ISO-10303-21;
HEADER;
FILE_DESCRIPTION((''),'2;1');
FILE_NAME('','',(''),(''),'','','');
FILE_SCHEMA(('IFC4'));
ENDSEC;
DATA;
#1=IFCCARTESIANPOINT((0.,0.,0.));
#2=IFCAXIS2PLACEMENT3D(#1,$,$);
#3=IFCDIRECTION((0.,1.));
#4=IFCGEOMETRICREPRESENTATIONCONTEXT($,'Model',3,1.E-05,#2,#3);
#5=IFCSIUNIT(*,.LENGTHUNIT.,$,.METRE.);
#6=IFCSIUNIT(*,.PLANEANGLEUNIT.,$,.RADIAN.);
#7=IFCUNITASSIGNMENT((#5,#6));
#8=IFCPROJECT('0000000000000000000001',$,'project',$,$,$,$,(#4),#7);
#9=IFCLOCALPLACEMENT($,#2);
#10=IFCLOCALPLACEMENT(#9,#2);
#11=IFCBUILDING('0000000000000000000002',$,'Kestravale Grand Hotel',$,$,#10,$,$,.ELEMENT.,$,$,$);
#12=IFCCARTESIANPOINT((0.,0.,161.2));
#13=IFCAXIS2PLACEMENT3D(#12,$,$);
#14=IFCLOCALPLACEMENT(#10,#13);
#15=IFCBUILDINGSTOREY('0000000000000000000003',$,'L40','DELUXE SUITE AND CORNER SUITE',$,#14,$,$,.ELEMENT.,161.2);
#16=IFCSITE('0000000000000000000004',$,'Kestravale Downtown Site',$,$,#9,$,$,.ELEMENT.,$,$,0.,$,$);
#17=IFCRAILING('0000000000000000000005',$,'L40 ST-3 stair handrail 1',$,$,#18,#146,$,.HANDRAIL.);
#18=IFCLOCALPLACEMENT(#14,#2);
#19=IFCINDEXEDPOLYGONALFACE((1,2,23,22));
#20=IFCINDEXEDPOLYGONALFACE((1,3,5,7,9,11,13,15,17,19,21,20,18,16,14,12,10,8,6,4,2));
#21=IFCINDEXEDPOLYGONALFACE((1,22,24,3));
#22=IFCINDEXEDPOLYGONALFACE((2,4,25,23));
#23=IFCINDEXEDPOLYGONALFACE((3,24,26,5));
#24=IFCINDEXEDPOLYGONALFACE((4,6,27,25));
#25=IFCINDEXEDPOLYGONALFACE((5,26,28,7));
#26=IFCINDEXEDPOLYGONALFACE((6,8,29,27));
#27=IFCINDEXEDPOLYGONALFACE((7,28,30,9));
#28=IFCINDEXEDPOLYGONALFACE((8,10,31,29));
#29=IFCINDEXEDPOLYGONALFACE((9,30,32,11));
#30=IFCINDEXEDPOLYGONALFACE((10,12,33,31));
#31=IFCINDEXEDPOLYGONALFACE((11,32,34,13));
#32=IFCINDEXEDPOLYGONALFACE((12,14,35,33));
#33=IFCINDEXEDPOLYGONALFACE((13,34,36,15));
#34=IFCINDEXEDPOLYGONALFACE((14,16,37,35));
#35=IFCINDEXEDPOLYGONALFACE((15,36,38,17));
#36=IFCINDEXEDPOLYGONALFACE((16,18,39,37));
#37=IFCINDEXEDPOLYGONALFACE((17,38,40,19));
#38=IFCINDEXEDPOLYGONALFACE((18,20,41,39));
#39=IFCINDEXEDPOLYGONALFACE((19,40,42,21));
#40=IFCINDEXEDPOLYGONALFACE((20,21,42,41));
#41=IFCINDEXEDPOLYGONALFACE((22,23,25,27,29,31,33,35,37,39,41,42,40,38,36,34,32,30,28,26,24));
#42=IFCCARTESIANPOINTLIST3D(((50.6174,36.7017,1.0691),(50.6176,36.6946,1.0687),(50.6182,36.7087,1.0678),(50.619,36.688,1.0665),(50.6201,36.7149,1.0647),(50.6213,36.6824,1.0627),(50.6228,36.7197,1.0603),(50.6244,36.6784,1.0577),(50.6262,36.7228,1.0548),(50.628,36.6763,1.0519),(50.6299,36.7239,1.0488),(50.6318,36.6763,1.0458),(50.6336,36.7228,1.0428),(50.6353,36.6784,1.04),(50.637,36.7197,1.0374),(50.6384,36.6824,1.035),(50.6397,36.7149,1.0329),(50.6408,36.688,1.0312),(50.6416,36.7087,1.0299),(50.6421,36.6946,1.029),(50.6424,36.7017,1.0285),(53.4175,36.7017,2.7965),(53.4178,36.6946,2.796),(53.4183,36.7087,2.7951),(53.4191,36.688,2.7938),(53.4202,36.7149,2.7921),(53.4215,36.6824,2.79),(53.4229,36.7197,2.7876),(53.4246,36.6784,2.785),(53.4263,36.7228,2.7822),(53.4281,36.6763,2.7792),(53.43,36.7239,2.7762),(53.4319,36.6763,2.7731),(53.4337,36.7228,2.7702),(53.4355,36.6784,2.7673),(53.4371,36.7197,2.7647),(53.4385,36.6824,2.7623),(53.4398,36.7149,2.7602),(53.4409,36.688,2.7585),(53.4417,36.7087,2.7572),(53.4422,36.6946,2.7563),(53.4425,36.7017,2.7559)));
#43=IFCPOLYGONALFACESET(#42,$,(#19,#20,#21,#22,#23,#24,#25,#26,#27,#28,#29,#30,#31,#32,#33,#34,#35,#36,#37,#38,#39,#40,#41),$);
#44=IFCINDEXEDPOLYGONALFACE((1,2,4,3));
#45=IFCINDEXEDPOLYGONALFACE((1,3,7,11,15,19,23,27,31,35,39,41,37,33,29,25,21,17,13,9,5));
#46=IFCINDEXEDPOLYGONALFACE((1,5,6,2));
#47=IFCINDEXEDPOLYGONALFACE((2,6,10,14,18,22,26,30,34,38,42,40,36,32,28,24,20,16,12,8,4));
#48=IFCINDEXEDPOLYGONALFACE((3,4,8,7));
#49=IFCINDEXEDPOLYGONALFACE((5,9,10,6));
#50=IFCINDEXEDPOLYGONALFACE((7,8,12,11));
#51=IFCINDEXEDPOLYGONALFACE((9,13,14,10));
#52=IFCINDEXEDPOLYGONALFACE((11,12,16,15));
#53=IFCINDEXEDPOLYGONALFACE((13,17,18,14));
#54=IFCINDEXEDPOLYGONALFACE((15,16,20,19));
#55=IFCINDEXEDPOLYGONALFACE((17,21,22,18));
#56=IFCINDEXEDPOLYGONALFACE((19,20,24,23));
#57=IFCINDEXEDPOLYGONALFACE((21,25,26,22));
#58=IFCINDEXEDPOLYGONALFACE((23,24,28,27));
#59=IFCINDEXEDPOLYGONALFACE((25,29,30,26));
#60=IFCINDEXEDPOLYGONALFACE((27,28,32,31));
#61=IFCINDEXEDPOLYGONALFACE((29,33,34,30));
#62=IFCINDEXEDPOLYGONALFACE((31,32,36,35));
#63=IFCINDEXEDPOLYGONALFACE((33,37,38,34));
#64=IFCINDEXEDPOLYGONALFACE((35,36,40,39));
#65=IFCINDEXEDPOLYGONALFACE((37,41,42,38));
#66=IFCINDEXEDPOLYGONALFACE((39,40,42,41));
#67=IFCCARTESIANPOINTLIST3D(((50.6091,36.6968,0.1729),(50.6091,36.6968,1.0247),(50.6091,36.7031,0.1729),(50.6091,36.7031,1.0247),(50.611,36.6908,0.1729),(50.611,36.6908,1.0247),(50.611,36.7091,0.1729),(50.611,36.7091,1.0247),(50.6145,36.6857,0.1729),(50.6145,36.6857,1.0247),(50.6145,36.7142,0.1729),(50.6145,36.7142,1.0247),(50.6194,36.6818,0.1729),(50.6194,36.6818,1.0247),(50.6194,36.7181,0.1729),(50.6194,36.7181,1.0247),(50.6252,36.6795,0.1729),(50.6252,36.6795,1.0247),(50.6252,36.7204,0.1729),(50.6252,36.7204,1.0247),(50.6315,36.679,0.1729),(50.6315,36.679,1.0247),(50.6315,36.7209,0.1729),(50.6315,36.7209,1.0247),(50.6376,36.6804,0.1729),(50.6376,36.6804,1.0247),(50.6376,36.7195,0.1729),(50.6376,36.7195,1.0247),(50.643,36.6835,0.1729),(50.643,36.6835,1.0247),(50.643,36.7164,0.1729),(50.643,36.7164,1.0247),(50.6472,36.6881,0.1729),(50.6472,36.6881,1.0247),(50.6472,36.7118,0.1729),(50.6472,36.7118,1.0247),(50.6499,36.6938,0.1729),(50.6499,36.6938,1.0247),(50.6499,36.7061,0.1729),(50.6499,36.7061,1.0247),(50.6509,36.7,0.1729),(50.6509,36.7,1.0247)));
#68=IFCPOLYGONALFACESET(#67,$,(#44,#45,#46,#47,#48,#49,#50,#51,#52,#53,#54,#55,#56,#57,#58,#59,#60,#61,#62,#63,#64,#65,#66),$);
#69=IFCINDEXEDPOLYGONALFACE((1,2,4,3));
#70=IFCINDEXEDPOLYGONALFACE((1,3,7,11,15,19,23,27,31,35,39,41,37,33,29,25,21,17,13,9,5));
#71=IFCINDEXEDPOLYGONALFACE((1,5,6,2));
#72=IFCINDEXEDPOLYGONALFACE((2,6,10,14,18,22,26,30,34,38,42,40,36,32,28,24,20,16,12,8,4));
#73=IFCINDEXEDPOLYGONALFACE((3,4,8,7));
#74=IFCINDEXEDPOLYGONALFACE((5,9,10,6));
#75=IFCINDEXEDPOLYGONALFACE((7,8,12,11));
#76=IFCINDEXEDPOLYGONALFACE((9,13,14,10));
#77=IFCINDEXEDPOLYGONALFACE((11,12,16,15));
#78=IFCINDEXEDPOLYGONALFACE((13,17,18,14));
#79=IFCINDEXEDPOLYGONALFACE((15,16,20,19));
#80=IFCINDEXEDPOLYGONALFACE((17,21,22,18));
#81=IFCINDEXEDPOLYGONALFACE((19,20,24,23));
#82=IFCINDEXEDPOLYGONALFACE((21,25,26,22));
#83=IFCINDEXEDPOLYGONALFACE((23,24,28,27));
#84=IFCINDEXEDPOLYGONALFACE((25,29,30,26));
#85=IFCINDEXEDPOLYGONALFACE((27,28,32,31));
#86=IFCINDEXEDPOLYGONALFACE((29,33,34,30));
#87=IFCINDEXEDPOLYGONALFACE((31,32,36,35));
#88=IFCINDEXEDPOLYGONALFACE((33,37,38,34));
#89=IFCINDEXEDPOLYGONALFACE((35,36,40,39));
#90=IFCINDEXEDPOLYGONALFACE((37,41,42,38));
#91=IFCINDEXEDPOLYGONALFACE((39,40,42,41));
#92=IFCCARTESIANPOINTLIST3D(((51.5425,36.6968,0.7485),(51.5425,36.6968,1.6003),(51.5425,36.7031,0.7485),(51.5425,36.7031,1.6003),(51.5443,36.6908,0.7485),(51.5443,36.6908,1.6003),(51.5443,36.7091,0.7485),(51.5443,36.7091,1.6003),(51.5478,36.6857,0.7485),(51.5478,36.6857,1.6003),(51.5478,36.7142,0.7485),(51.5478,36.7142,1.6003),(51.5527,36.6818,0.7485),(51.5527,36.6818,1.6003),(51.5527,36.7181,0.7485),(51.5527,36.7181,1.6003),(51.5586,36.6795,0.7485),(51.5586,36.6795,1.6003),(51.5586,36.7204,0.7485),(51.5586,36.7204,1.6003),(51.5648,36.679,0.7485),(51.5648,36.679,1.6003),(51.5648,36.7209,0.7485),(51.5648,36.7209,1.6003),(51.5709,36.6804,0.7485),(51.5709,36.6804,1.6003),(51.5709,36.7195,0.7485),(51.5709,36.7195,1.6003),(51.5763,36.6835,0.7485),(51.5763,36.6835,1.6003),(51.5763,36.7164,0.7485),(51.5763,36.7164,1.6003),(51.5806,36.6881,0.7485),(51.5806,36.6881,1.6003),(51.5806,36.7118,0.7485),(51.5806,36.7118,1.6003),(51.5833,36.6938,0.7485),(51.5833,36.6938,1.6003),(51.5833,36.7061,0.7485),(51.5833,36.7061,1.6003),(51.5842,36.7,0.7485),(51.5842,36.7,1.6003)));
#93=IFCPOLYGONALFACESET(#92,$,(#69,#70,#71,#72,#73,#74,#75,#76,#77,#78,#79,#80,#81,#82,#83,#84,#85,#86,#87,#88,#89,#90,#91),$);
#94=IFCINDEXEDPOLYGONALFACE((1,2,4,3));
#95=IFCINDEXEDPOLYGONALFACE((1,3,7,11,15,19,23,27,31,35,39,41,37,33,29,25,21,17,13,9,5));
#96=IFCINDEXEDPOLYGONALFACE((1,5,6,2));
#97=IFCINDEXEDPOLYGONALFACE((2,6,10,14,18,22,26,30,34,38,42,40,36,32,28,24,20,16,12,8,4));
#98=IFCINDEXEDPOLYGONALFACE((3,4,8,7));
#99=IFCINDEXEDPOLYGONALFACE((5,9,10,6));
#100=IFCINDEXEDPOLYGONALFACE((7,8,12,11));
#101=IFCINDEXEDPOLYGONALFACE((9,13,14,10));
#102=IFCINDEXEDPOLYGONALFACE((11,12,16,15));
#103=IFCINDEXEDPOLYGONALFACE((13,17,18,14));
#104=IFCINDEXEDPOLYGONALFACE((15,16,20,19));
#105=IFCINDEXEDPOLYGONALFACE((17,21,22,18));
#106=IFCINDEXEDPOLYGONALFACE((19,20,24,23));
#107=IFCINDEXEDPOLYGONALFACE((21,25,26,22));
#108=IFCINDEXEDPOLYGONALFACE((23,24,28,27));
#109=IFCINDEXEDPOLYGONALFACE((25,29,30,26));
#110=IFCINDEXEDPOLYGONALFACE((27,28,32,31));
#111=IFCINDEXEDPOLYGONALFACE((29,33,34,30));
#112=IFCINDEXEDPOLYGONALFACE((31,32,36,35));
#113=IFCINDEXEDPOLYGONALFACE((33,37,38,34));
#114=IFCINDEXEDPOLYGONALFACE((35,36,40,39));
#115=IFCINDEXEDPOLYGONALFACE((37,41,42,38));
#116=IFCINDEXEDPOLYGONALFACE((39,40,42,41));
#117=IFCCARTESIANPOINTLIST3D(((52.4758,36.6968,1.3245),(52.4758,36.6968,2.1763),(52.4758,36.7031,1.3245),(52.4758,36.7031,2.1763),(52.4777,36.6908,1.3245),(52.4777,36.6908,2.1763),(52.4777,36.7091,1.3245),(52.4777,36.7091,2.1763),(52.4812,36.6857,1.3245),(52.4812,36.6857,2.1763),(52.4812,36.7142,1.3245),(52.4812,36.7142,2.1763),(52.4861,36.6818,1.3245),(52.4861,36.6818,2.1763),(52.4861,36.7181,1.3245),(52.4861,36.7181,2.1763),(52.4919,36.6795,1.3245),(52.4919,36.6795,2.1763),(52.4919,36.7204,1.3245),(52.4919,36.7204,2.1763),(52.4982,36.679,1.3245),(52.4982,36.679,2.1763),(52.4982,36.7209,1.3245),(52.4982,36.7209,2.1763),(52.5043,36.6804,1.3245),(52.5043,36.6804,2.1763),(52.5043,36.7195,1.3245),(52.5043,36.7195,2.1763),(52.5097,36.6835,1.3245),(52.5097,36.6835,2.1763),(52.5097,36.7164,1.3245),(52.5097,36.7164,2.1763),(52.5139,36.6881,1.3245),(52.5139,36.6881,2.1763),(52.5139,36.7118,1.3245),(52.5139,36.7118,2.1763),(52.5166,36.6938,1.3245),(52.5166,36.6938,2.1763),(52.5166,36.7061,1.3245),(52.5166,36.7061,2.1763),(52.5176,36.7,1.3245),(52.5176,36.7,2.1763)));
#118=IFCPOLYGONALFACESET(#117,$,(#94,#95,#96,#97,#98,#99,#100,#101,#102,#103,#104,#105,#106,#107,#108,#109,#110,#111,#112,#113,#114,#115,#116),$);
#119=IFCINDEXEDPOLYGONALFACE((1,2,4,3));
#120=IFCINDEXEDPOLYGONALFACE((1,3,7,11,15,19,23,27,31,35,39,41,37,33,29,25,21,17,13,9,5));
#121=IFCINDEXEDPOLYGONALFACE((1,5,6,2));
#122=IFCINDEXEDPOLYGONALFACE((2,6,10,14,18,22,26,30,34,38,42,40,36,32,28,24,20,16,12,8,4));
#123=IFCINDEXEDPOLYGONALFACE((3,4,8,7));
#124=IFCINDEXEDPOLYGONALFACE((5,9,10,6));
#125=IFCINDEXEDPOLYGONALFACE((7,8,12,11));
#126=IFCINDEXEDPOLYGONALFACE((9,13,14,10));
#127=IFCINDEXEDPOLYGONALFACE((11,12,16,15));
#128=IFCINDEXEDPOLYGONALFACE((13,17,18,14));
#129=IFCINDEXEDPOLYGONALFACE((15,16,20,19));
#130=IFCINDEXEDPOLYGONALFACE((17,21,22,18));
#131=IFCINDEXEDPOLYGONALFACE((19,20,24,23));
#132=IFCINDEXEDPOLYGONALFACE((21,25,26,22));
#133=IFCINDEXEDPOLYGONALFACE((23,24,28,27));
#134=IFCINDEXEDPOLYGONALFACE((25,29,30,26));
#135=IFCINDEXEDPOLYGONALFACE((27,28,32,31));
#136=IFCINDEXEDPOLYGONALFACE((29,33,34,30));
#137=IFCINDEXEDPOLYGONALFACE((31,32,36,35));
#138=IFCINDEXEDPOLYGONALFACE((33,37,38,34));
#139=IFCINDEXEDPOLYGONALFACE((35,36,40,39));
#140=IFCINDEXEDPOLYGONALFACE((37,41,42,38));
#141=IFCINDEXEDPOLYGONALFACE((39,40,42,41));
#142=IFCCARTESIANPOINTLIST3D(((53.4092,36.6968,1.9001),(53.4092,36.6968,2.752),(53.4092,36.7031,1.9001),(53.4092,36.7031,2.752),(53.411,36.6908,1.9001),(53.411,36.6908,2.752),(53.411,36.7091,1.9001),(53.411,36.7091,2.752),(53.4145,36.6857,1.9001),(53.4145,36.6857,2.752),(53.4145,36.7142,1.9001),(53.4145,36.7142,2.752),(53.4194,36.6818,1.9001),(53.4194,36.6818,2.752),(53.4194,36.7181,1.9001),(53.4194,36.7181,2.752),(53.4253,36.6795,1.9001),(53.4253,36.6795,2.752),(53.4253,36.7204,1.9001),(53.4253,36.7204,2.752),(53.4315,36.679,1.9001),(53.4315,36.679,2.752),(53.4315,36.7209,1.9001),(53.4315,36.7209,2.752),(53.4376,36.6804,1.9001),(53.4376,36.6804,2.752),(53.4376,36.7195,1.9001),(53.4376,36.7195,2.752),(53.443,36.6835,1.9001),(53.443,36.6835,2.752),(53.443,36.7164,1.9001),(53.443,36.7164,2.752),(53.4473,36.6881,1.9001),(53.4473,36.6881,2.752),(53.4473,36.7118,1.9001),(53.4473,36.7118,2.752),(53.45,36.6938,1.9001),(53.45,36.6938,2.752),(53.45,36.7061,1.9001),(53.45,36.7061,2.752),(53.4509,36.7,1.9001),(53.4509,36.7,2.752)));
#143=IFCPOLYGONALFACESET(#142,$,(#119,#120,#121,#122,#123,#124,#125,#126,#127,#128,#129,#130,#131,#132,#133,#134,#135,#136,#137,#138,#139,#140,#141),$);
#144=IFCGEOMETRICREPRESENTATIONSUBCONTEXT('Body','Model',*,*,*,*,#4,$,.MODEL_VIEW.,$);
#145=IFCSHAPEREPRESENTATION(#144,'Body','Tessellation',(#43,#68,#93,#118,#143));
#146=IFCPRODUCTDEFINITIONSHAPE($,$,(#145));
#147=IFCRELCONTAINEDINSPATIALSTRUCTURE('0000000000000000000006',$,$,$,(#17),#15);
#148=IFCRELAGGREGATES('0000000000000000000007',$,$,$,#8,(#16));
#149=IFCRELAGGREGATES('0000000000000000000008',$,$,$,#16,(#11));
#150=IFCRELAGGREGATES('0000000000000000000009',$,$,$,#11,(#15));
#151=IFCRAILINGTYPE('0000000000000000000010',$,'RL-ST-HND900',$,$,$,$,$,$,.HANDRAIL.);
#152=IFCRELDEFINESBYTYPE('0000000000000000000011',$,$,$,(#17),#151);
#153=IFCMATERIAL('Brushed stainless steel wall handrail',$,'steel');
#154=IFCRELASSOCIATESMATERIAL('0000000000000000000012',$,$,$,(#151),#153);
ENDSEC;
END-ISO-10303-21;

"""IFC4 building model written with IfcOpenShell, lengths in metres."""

from ifc_helpers import new_model, si_unit, direction, frame, origin, origin_2d, place, context, subcontext, project, spatial, circle, extrude, material, type_object, element, save


model = new_model("IFC4")

# Units and contexts
model_context = context("Model", 3, precision=1e-05, world=origin(), true_north=direction((0.0, 1.0)))
body_context = subcontext(model_context, "Body", "Model", "MODEL_VIEW")
ifc_project = project(units=[si_unit("LENGTHUNIT", "METRE"), si_unit("PLANEANGLEUNIT", "RADIAN")], contexts=[model_context])

# Site, building, storey
site_placement = place(None, origin())
site = spatial("IfcSite", under=ifc_project, at=site_placement, Name="Kestravale Downtown Site", CompositionType="ELEMENT", RefElevation=0.0)
building_placement = place(site_placement, origin())
building = spatial("IfcBuilding", under=site, at=building_placement, Name="Kestravale Grand Hotel", CompositionType="ELEMENT")
storey_placement = place(building_placement, frame((0.0, 0.0, 161.2)))
storey = spatial("IfcBuildingStorey", under=building, at=storey_placement, Name="L40", Description="DELUXE SUITE AND CORNER SUITE", CompositionType="ELEMENT", Elevation=161.2)

# Railing
ifc_material_1 = material(Name="Brushed stainless steel wall handrail", Category="steel")
railing_type_1 = type_object("IfcRailingType", Name="RL-ST-HND900", PredefinedType="HANDRAIL", material=ifc_material_1)
railing_1_placement = place(storey_placement, frame((50.6299, 36.7, 0.1729)))
element("IfcRailing", 1, at=railing_1_placement, inside=storey, type_object=railing_type_1, Name="L40 ST-3 stair handrail 1", PredefinedType="HANDRAIL", context=body_context, shape_type="SweptSolid", body=[
    extrude(circle(Radius=0.0239, at=origin_2d()), frame((0.0, 0.0, 0.876), z_axis=(0.85109, 0.0, 0.52502), x_axis=(0.0, 1.0, 0.0)), (0.0, 0.0, 1.0), 3.29),
    extrude(circle(Radius=0.021, at=origin_2d()), origin(), (0.0, 0.0, 1.0), 0.8518),
    extrude(circle(Radius=0.021, at=origin_2d()), frame((0.9333, 0.0, 0.5757)), (0.0, 0.0, 1.0), 0.8518),
    extrude(circle(Radius=0.021, at=origin_2d()), frame((1.8667, 0.0, 1.1516)), (0.0, 0.0, 1.0), 0.8518),
    extrude(circle(Radius=0.021, at=origin_2d()), frame((2.8, 0.0, 1.7273)), (0.0, 0.0, 1.0), 0.8518),
])

save(model, "model.ifc")
